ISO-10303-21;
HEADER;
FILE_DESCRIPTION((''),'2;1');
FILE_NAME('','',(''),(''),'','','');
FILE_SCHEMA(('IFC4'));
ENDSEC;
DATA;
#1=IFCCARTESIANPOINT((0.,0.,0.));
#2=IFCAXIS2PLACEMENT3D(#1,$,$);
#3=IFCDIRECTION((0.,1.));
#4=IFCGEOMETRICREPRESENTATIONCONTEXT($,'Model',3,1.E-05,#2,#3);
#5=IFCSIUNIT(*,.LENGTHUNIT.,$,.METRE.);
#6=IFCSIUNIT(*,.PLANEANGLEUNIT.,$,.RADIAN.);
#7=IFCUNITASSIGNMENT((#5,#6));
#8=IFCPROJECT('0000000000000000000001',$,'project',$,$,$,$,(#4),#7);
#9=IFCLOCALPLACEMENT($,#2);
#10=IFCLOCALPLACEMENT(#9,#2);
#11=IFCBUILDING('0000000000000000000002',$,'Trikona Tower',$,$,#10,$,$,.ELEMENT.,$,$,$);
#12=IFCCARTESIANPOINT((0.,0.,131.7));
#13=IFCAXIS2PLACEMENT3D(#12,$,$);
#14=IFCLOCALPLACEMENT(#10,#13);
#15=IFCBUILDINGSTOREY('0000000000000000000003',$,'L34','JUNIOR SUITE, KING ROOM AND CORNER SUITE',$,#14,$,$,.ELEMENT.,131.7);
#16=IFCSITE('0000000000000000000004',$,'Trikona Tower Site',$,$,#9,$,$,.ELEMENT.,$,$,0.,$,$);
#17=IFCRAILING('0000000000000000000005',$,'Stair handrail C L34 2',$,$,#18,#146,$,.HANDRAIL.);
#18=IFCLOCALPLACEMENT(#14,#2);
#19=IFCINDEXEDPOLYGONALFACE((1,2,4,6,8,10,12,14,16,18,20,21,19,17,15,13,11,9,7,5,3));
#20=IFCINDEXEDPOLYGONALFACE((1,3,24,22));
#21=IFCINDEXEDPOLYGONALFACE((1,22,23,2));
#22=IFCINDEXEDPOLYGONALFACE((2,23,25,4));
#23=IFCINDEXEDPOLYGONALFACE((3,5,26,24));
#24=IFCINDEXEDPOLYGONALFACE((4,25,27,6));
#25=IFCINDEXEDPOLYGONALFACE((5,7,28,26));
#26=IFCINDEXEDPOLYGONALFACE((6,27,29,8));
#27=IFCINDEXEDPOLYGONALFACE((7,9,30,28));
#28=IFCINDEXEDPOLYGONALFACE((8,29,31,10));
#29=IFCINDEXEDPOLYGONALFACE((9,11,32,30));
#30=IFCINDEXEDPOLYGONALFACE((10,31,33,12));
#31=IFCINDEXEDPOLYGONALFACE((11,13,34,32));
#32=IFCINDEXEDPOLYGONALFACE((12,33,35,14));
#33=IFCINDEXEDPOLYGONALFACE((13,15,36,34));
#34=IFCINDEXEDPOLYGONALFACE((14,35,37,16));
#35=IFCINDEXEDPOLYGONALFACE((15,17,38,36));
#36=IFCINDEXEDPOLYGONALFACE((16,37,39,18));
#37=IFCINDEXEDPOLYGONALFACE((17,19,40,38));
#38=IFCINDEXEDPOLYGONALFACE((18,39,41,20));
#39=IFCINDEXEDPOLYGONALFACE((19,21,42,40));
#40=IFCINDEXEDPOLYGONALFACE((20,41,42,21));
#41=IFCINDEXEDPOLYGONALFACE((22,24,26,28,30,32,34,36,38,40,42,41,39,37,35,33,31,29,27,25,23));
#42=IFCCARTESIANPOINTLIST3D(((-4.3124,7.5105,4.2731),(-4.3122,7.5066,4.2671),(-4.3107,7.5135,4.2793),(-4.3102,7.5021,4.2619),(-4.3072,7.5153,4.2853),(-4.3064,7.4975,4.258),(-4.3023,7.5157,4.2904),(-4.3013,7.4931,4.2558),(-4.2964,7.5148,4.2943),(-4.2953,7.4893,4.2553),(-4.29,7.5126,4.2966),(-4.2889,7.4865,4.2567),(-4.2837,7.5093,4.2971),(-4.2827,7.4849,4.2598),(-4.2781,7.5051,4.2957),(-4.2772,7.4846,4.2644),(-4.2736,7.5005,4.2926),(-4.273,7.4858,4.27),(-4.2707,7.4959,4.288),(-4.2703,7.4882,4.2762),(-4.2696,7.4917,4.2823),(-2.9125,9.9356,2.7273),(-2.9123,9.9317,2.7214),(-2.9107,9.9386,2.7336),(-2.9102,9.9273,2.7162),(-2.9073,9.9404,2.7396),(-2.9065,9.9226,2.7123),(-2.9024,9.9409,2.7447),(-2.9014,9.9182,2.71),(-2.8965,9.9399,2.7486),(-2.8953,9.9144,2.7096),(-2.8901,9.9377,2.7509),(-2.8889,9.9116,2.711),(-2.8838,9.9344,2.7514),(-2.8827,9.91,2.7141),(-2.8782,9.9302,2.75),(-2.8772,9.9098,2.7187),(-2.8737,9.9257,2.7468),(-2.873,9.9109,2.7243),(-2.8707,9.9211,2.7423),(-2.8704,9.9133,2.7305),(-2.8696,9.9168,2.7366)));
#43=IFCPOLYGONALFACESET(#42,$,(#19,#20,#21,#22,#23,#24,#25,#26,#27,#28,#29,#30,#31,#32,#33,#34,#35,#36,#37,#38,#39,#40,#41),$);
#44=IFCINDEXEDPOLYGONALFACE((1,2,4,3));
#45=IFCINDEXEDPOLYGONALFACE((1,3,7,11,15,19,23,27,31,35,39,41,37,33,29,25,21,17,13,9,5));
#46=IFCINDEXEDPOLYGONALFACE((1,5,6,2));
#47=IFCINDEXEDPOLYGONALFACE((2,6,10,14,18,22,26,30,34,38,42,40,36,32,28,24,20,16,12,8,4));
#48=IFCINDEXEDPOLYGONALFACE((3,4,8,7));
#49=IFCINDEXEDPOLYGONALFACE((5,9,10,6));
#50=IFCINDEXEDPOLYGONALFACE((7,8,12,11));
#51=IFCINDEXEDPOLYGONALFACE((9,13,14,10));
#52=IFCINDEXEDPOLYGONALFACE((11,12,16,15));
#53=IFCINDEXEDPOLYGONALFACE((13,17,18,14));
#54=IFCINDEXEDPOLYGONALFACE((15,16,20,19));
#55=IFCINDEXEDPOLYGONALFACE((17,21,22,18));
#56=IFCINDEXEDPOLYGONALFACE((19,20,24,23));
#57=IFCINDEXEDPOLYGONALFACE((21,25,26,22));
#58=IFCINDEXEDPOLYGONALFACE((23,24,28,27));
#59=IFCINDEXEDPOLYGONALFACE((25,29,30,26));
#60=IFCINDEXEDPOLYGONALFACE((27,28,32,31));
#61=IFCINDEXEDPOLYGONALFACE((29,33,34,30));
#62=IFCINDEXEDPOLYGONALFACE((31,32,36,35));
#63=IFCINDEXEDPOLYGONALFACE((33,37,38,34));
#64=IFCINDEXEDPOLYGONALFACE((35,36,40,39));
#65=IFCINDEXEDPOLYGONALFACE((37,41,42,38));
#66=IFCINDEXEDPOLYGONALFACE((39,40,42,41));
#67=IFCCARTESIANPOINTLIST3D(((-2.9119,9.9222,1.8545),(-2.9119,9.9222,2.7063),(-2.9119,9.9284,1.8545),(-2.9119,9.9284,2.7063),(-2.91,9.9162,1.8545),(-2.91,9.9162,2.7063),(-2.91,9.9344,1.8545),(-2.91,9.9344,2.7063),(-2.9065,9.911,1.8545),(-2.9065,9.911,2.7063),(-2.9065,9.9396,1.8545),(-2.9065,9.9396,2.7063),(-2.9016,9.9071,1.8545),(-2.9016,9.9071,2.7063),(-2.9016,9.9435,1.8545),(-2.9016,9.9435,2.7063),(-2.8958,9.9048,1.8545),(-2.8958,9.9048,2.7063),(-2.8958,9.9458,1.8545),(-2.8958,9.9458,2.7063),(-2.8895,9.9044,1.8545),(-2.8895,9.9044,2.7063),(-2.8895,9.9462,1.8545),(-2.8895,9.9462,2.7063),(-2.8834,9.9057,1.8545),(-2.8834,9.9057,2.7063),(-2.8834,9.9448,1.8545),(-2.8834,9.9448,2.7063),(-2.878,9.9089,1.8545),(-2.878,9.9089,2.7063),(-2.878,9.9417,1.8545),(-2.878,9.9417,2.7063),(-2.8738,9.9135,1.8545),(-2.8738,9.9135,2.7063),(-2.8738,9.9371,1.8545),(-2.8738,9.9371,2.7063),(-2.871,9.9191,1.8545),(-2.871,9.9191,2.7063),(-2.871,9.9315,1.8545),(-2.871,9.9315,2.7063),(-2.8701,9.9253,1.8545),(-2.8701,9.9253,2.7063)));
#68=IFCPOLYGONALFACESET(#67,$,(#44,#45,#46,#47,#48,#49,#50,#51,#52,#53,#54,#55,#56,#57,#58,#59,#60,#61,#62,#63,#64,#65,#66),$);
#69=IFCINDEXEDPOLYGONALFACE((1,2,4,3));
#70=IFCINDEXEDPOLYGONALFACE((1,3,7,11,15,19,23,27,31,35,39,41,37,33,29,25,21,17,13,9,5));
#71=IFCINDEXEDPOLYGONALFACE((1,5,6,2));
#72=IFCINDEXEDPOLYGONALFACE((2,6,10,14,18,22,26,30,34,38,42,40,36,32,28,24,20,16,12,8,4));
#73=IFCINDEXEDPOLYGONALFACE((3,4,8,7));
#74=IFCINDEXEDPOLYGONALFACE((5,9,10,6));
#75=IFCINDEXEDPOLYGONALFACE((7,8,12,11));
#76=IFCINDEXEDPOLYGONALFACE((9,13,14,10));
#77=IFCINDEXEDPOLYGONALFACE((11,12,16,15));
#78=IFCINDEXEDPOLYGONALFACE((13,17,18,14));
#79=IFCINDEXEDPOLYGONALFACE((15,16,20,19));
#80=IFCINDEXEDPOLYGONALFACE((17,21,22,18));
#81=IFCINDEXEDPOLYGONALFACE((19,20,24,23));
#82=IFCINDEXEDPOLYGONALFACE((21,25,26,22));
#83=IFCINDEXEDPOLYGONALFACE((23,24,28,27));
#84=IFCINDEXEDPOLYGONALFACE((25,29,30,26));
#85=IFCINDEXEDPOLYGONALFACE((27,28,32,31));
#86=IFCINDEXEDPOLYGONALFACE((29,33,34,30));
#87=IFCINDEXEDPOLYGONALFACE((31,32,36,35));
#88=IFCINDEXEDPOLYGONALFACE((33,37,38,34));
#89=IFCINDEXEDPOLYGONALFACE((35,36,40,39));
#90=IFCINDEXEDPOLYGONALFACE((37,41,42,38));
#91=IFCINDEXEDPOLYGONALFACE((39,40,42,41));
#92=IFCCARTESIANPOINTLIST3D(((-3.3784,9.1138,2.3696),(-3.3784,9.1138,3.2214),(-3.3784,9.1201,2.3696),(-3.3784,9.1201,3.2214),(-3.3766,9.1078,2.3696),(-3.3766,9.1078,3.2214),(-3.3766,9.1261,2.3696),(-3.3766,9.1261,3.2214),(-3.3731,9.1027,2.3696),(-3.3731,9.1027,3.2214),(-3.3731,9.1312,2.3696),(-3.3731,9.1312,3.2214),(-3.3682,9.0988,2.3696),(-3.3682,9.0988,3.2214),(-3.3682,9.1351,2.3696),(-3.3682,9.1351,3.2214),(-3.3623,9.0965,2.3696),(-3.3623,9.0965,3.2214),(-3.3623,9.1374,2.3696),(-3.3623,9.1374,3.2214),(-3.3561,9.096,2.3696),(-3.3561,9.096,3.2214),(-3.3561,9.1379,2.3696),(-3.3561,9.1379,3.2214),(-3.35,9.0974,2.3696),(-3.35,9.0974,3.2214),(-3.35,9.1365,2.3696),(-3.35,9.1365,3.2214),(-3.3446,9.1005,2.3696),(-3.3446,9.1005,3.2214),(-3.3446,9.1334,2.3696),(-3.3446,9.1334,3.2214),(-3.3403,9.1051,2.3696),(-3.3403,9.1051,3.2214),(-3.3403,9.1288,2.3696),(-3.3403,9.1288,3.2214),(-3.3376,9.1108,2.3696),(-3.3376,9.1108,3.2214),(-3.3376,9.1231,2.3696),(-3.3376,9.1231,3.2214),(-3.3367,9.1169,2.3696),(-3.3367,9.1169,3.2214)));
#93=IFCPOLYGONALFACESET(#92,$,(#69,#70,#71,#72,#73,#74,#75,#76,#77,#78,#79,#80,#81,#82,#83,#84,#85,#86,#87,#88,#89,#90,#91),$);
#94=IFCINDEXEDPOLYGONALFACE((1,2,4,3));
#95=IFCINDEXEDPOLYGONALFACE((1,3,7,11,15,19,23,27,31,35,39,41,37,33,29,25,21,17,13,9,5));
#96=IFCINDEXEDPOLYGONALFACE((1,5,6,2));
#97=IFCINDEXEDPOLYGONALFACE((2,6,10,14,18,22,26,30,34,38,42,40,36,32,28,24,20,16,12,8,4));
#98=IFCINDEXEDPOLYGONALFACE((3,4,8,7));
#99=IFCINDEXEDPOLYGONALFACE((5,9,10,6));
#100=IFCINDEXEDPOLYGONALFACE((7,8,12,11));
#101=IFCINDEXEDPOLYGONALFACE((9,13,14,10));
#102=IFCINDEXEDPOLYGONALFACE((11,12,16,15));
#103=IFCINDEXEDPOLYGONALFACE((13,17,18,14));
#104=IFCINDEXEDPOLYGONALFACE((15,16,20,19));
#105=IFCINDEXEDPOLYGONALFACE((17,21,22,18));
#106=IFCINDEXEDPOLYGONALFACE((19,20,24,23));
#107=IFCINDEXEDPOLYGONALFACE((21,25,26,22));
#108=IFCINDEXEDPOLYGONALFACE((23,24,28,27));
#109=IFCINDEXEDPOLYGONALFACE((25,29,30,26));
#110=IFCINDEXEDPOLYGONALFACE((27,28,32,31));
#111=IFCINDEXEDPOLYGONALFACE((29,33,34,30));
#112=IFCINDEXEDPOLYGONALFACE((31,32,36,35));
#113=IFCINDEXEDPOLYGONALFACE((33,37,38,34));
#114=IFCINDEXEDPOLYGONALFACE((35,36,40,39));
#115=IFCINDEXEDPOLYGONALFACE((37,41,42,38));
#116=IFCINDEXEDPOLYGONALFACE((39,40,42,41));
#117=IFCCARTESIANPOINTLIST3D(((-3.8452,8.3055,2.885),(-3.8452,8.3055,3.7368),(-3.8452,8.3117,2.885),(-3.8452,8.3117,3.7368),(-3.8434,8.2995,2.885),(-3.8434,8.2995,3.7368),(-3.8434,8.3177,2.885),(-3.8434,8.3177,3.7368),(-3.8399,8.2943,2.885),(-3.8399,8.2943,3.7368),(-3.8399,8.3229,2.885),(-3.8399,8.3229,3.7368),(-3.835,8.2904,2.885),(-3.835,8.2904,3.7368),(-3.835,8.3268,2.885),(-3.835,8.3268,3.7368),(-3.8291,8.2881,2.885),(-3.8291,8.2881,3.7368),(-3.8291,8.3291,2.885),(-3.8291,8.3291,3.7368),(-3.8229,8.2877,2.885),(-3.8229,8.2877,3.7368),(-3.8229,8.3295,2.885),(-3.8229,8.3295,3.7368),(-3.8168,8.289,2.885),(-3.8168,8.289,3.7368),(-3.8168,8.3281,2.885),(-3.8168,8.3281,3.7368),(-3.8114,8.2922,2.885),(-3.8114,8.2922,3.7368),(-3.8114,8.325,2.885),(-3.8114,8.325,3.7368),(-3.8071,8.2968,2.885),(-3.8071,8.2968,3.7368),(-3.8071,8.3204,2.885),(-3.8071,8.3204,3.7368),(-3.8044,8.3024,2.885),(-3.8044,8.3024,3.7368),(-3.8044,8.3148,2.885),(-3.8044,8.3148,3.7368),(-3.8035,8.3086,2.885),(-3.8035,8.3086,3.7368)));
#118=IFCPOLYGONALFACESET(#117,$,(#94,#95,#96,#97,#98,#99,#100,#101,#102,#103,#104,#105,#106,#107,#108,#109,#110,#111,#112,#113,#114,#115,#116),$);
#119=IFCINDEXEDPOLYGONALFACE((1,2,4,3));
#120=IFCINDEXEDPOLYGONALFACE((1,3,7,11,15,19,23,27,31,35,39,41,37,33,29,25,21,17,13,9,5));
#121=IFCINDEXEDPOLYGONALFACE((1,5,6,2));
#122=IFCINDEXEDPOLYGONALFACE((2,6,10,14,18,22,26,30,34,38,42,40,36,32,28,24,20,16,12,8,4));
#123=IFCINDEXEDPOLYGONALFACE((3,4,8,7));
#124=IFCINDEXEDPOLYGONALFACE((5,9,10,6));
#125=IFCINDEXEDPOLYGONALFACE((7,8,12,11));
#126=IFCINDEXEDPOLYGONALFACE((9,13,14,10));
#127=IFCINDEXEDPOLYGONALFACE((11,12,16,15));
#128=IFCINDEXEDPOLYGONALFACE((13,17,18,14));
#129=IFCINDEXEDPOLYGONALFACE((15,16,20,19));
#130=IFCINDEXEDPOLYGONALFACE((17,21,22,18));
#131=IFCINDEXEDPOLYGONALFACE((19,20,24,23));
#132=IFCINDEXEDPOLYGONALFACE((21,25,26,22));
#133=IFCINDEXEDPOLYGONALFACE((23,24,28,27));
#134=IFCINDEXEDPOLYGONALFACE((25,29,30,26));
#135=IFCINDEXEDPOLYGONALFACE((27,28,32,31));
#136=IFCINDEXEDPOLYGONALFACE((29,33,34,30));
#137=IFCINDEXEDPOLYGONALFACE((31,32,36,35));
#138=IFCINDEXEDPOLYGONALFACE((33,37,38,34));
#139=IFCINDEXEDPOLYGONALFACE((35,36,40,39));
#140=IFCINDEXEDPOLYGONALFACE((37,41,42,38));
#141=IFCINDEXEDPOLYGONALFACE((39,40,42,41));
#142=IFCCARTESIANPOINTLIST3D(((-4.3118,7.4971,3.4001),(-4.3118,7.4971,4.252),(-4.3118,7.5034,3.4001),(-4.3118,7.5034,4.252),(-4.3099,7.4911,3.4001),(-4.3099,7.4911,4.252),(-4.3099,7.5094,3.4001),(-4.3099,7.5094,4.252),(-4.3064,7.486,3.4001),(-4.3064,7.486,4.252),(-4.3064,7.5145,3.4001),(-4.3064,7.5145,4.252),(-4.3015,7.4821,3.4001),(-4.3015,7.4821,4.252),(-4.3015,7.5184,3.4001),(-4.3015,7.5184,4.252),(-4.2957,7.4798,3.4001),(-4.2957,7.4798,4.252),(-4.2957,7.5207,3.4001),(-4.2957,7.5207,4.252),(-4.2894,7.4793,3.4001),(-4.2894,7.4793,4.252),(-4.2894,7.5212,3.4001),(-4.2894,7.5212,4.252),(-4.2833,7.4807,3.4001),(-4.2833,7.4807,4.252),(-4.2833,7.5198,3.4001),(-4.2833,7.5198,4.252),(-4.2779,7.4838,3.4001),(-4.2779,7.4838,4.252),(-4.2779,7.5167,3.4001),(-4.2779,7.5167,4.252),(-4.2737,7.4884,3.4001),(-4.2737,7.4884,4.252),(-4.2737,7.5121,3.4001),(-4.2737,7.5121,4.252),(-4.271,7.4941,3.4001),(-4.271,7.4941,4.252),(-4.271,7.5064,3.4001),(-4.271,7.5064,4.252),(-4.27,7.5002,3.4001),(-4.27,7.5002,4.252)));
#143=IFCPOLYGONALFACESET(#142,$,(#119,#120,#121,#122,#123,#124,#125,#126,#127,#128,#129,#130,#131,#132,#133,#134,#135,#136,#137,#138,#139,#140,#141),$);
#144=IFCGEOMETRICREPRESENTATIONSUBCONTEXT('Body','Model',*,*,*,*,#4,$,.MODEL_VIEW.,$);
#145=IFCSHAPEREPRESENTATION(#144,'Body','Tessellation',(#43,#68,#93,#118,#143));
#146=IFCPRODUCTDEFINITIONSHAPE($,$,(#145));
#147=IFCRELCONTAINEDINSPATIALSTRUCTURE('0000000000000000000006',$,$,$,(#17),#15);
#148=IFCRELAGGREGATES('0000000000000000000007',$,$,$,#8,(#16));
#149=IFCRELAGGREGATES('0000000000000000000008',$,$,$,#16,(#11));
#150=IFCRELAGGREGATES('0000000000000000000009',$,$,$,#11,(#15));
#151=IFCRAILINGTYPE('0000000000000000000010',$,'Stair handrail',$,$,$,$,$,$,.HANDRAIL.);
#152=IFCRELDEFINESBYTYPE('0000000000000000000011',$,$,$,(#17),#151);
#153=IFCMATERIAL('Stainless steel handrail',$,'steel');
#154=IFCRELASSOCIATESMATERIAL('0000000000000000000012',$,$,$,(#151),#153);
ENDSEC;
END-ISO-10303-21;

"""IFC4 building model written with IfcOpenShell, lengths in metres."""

from ifc_helpers import new_model, si_unit, direction, frame, origin, origin_2d, place, context, subcontext, project, spatial, circle, extrude, material, type_object, element, save


model = new_model("IFC4")

# Units and contexts
model_context = context("Model", 3, precision=1e-05, world=origin(), true_north=direction((0.0, 1.0)))
body_context = subcontext(model_context, "Body", "Model", "MODEL_VIEW")
ifc_project = project(units=[si_unit("LENGTHUNIT", "METRE"), si_unit("PLANEANGLEUNIT", "RADIAN")], contexts=[model_context])

# Site, building, storey
site_placement = place(None, origin())
site = spatial("IfcSite", under=ifc_project, at=site_placement, Name="Trikona Tower Site", CompositionType="ELEMENT", RefElevation=0.0)
building_placement = place(site_placement, origin())
building = spatial("IfcBuilding", under=site, at=building_placement, Name="Trikona Tower", CompositionType="ELEMENT")
storey_placement = place(building_placement, frame((0.0, 0.0, 131.7)))
storey = spatial("IfcBuildingStorey", under=building, at=storey_placement, Name="L34", Description="JUNIOR SUITE, KING ROOM AND CORNER SUITE", CompositionType="ELEMENT", Elevation=131.7)

# Railing
ifc_material_1 = material(Name="Stainless steel handrail", Category="steel")
railing_type = type_object("IfcRailingType", Name="Stair handrail", PredefinedType="HANDRAIL", material=ifc_material_1)
railing_1_placement = place(storey_placement, frame((-2.8911, 9.9253, 1.8545)))
element("IfcRailing", 1, at=railing_1_placement, inside=storey, type_object=railing_type, Name="Stair handrail C L34 2", PredefinedType="HANDRAIL", context=body_context, shape_type="SweptSolid", body=[
    extrude(circle(Radius=0.0239, at=origin_2d()), frame((0.0, 0.0, 0.876), z_axis=(-0.437691, -0.758212, 0.483262), x_axis=(0.866056, -0.499946, 0.0)), (0.0, 0.0, 1.0), 3.1985),
    extrude(circle(Radius=0.021, at=origin_2d()), origin(), (0.0, 0.0, 1.0), 0.8518),
    extrude(circle(Radius=0.021, at=origin_2d()), frame((-0.4666, -0.8083, 0.5151)), (0.0, 0.0, 1.0), 0.8518),
    extrude(circle(Radius=0.021, at=origin_2d()), frame((-0.9333, -1.6167, 1.0305)), (0.0, 0.0, 1.0), 0.8518),
    extrude(circle(Radius=0.021, at=origin_2d()), frame((-1.3999, -2.425, 1.5457)), (0.0, 0.0, 1.0), 0.8518),
])

save(model, "model.ifc")
